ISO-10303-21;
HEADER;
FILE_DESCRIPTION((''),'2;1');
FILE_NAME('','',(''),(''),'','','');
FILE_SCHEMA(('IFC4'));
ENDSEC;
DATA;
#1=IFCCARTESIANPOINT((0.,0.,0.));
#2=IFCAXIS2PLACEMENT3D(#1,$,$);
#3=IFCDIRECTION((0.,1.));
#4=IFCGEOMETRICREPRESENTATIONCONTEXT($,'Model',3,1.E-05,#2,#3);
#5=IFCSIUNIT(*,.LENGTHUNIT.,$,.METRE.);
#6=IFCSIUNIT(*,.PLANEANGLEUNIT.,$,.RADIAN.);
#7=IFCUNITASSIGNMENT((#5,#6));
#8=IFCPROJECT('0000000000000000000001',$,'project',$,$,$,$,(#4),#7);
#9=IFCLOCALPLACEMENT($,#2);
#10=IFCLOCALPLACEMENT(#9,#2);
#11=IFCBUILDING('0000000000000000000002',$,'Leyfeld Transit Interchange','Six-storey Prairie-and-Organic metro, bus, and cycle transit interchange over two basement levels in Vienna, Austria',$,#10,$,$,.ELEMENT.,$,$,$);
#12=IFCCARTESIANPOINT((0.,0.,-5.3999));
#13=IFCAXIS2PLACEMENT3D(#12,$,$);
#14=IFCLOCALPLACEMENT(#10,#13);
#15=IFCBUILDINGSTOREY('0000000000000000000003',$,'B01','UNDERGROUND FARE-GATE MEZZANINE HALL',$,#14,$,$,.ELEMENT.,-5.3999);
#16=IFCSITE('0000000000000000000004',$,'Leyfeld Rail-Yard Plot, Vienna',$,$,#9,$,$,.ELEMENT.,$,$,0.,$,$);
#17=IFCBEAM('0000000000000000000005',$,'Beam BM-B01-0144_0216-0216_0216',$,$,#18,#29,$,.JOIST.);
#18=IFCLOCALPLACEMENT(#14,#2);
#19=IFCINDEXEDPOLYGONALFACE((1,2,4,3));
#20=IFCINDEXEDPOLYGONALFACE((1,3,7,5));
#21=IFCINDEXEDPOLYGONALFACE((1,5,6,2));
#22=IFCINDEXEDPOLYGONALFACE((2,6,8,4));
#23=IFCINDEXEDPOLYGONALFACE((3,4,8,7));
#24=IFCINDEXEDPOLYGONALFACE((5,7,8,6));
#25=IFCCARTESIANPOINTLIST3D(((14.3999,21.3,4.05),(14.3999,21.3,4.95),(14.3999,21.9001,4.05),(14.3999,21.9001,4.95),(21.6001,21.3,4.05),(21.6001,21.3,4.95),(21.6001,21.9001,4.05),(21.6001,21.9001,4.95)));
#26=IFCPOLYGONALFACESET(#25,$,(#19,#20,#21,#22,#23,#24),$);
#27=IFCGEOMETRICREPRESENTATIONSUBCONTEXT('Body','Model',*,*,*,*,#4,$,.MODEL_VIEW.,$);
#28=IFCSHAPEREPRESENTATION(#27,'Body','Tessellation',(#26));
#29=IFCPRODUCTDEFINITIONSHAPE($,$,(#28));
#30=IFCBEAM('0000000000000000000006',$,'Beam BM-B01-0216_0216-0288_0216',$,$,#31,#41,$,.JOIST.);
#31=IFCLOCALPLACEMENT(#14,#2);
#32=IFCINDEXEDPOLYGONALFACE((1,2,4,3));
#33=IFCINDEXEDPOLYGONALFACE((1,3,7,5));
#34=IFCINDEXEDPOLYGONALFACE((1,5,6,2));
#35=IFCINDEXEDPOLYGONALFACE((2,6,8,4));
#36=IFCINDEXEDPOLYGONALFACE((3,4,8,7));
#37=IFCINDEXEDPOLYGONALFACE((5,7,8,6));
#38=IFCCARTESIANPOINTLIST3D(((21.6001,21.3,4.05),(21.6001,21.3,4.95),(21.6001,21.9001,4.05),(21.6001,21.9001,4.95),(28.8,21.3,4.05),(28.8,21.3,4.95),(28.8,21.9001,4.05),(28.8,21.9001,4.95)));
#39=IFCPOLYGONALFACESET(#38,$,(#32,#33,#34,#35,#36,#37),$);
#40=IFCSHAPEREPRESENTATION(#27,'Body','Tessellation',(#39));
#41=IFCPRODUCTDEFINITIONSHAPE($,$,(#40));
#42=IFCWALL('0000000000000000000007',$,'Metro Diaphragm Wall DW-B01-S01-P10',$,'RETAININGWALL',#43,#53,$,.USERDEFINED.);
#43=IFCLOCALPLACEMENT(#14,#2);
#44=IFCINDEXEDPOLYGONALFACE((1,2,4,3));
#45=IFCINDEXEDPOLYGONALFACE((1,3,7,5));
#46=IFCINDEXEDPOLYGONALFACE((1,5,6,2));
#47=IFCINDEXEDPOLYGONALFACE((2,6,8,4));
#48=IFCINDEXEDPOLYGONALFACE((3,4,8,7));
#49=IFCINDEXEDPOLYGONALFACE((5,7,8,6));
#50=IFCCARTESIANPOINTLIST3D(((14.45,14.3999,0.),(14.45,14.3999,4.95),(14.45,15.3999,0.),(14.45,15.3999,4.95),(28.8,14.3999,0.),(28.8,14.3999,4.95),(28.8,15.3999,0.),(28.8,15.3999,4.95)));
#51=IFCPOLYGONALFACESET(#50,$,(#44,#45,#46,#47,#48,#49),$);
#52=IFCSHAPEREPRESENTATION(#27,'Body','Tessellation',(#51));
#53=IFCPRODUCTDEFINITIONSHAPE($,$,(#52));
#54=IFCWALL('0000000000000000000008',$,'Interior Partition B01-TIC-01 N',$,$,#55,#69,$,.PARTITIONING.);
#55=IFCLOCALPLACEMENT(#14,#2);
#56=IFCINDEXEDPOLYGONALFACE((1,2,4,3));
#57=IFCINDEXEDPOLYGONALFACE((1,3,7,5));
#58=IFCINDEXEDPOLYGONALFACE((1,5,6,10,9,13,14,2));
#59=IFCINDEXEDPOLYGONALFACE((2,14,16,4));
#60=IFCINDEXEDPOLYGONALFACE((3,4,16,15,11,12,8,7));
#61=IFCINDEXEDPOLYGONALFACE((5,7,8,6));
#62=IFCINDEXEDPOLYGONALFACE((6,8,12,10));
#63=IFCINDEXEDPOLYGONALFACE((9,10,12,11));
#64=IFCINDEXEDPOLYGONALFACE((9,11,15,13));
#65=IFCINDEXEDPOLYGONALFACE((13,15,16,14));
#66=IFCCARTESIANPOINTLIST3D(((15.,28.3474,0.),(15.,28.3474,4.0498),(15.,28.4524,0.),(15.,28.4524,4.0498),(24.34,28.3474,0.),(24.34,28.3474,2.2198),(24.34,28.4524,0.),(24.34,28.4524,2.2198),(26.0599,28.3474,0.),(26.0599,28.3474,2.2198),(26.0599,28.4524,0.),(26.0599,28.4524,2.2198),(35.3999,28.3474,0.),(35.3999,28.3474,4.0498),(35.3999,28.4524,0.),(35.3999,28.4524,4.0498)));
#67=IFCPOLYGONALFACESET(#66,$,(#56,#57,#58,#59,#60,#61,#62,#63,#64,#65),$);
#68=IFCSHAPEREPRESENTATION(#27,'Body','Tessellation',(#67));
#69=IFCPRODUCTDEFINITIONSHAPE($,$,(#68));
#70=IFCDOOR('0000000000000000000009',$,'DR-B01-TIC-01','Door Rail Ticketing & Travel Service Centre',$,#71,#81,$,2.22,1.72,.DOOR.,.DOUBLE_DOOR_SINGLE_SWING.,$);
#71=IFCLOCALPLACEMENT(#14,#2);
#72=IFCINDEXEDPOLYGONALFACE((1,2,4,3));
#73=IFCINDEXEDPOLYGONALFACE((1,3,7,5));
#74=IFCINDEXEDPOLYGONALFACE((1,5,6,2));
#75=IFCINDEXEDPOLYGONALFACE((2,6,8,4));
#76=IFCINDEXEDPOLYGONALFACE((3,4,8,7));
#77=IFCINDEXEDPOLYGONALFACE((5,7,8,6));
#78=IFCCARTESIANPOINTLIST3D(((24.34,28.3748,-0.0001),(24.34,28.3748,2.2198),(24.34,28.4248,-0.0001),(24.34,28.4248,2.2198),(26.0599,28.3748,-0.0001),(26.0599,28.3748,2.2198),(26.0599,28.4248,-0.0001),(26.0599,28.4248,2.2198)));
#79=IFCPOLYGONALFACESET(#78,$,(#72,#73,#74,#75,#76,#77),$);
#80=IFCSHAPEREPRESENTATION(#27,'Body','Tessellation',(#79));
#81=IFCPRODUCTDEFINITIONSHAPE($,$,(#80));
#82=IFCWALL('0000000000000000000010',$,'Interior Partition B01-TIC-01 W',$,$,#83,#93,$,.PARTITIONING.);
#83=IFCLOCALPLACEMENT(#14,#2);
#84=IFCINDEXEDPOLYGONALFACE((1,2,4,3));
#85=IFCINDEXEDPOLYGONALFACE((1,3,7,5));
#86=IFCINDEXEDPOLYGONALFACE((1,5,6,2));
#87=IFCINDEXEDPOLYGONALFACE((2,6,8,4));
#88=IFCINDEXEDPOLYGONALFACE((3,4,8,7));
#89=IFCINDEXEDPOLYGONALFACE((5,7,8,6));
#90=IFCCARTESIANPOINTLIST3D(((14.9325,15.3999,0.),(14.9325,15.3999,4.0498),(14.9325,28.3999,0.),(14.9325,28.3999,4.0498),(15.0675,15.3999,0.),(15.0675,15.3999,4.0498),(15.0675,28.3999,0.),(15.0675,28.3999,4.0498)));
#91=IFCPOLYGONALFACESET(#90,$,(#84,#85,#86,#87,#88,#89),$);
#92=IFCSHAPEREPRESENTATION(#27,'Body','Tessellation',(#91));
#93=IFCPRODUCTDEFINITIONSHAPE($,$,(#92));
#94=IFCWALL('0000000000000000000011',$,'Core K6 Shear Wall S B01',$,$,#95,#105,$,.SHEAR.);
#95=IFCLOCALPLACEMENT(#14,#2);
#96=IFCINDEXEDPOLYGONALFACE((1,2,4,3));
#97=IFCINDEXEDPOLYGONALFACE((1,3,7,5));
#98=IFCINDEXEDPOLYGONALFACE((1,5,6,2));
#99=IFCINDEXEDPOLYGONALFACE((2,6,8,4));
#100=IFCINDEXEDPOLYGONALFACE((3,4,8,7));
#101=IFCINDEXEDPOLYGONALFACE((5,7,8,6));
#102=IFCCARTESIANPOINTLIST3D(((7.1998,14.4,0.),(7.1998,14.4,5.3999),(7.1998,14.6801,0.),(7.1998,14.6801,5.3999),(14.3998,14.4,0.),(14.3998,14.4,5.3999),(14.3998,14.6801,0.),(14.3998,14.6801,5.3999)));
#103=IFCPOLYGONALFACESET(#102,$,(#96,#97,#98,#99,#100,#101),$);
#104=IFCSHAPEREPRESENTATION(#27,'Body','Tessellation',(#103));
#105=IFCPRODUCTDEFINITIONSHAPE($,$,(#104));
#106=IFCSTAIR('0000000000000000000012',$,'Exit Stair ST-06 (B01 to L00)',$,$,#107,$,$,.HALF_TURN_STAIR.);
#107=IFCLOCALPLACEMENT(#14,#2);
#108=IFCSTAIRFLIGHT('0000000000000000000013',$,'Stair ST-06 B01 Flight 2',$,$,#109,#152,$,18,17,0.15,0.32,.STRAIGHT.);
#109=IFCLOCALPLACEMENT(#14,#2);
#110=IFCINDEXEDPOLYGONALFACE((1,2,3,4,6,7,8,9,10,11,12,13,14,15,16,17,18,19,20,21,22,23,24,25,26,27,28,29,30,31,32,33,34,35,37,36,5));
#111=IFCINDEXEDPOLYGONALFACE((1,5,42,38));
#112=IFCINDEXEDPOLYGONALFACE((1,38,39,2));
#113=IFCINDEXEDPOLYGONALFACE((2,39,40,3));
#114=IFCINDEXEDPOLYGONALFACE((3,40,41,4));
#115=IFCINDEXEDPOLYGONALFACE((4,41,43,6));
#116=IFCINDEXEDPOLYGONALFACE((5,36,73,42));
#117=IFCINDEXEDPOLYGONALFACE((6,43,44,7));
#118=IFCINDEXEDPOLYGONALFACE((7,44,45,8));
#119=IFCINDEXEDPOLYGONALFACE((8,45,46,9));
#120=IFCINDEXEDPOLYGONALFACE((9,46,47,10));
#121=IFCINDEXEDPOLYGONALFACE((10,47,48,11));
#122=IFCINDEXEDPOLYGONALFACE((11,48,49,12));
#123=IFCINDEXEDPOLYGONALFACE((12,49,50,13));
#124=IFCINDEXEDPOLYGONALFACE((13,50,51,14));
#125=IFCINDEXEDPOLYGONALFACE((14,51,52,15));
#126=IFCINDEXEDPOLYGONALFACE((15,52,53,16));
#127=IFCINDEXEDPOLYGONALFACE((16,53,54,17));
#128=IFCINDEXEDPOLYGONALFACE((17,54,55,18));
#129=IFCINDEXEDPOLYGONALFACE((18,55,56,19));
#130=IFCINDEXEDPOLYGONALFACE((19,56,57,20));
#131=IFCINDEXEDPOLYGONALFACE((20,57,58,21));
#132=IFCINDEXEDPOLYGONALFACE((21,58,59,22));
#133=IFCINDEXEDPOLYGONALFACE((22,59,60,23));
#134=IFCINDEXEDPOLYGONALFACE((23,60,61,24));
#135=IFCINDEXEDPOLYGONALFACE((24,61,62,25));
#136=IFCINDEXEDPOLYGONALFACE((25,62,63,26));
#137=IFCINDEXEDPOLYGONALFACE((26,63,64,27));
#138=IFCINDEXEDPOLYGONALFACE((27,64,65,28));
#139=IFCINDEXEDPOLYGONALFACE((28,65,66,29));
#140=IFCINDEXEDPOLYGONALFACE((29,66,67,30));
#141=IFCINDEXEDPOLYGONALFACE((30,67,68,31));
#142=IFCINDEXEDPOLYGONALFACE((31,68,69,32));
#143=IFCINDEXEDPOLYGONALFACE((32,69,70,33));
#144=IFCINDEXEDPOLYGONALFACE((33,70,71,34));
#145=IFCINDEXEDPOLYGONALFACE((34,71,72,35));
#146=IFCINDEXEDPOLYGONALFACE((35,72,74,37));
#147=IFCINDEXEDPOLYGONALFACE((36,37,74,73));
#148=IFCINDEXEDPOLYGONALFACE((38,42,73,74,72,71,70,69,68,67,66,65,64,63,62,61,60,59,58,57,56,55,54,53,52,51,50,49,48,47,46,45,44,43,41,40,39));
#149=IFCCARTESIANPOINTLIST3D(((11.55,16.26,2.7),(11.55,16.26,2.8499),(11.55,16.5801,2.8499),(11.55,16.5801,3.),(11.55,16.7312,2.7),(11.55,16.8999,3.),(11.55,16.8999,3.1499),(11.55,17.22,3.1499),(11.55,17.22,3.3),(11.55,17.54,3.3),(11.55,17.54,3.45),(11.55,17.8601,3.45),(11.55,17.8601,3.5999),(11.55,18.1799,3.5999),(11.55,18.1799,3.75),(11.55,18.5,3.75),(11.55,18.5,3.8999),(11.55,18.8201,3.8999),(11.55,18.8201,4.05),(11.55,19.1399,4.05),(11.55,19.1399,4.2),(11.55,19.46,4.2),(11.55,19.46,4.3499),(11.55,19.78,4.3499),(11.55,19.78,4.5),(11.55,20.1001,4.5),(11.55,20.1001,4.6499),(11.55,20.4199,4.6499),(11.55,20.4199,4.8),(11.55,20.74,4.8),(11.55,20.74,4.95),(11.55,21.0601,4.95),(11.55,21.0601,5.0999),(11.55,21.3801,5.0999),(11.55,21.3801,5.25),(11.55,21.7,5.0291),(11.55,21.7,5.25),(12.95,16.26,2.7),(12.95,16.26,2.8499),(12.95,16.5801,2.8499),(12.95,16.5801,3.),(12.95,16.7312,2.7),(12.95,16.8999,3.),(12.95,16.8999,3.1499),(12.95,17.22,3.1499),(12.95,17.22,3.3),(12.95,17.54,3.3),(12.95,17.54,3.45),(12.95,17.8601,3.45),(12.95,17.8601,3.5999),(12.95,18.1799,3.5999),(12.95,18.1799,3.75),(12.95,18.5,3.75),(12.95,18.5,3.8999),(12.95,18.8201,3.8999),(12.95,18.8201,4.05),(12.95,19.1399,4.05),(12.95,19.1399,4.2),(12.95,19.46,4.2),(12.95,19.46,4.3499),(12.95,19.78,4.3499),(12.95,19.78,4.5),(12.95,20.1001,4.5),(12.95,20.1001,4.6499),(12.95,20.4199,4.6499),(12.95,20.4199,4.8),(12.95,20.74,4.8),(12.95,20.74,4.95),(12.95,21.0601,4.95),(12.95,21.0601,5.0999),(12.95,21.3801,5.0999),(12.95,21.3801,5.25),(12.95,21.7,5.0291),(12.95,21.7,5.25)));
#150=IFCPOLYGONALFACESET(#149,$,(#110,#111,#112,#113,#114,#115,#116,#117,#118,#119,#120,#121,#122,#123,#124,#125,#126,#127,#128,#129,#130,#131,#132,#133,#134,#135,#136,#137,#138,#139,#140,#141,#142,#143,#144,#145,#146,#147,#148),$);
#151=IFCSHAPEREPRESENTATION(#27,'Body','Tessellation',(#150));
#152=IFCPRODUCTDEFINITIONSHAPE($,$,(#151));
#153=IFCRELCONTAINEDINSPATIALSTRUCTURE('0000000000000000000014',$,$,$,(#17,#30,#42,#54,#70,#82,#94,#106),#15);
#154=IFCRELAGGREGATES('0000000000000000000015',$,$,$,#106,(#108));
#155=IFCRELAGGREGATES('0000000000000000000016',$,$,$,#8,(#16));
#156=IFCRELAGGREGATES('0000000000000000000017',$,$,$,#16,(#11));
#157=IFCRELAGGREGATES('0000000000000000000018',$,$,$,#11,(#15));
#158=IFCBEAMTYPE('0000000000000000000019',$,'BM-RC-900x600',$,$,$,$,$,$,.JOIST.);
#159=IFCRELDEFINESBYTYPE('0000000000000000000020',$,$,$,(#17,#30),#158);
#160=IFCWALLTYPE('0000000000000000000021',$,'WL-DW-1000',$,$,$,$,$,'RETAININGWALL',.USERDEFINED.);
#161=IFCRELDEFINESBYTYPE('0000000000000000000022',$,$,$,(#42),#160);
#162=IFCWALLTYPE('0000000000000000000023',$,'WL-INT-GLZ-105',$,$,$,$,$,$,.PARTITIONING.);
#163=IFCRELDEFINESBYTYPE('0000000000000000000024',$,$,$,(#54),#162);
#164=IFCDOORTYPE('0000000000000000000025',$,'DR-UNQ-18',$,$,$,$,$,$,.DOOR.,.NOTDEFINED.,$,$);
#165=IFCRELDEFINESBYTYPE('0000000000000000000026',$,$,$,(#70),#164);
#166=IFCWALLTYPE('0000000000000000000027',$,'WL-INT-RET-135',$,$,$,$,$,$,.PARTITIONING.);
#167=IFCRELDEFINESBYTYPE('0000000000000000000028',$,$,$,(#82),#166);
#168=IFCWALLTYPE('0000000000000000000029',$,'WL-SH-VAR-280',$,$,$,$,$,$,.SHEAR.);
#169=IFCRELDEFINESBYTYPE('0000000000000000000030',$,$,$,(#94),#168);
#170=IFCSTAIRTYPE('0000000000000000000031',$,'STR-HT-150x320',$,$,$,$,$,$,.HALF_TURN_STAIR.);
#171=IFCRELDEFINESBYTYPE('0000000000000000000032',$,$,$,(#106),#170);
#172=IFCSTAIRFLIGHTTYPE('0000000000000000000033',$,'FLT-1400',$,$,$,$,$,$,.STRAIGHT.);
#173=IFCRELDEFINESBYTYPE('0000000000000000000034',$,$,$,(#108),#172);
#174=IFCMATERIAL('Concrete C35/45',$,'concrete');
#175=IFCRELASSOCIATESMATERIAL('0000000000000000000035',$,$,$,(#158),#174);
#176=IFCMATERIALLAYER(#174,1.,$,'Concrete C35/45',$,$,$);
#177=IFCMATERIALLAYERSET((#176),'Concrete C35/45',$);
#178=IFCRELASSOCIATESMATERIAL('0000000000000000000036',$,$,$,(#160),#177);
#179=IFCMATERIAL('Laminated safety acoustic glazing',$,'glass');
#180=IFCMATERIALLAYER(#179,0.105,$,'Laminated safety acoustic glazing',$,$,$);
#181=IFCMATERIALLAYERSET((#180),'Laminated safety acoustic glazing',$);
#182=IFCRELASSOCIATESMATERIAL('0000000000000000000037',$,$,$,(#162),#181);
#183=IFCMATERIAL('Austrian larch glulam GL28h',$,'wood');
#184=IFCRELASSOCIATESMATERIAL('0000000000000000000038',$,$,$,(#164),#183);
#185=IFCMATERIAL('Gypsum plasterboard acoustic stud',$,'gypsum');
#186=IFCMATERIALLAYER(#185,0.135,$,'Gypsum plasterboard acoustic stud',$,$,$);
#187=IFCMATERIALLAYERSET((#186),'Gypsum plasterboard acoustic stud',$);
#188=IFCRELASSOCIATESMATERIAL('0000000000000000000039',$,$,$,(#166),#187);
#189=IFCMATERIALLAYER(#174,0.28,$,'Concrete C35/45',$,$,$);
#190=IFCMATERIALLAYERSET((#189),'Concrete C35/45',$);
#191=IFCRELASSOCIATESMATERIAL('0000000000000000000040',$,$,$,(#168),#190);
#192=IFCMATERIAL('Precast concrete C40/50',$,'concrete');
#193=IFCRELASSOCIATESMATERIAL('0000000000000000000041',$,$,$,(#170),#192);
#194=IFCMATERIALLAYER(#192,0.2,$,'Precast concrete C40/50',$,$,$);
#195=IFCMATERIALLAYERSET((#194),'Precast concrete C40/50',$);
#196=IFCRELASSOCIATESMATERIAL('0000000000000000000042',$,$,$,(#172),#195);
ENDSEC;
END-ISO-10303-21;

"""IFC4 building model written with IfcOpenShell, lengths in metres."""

from ifc_helpers import new_model, si_unit, direction, frame, frame_2d, origin, origin_2d, place, context, subcontext, project, spatial, polyline, rectangle, outline, extrude, material, layer, layer_set, material_profile, profile_set, type_object, element, fill, aggregate, save


model = new_model("IFC4")

# Units and contexts
model_context = context("Model", 3, precision=1e-05, world=origin(), true_north=direction((0.0, 1.0)))
body_context = subcontext(model_context, "Body", "Model", "MODEL_VIEW")
ifc_project = project(units=[si_unit("LENGTHUNIT", "METRE"), si_unit("PLANEANGLEUNIT", "RADIAN")], contexts=[model_context])

# Site, building, storey
site_placement = place(None, origin())
site = spatial("IfcSite", under=ifc_project, at=site_placement, Name="Leyfeld Rail-Yard Plot, Vienna", CompositionType="ELEMENT", RefElevation=0.0)
building_placement = place(site_placement, origin())
building = spatial("IfcBuilding", under=site, at=building_placement, Name="Leyfeld Transit Interchange", Description="Six-storey Prairie-and-Organic metro, bus, and cycle transit interchange over two basement levels in Vienna, Austria", CompositionType="ELEMENT")
storey_placement = place(building_placement, frame((0.0, 0.0, -5.3999)))
storey = spatial("IfcBuildingStorey", under=building, at=storey_placement, Name="B01", Description="UNDERGROUND FARE-GATE MEZZANINE HALL", CompositionType="ELEMENT", Elevation=-5.3999)

# Shared definitions
ifc_material_1 = material(Name="Concrete C35/45", Category="concrete")

# Beams
ifc_material_profile_1 = material_profile(ifc_material_1, rectangle(XDim=0.6001, YDim=0.8999, at=origin_2d()), Name="RC 900x600")
ifc_profile_set_1 = profile_set([ifc_material_profile_1], Name="Concrete C35/45")
beam_type_1 = type_object("IfcBeamType", Name="BM-RC-900x600", PredefinedType="JOIST", material=ifc_profile_set_1)
beam_1_placement = place(storey_placement, frame((14.3999, 21.6001, 4.5), z_axis=(1.0, 0.0, 0.0), x_axis=(0.0, 1.0, 0.0)))
element("IfcBeam", 1, at=beam_1_placement, inside=storey, type_object=beam_type_1, Name="Beam BM-B01-0144_0216-0216_0216", PredefinedType="JOIST", context=body_context, shape_type="SweptSolid", body=[
    extrude(rectangle(XDim=0.6001, YDim=0.8999, at=origin_2d()), origin(), (0.0, 0.0, 1.0), 7.2002),
])
beam_2_placement = place(storey_placement, frame((21.6001, 21.6001, 4.5), z_axis=(1.0, 0.0, 0.0), x_axis=(0.0, 1.0, 0.0)))
element("IfcBeam", 2, at=beam_2_placement, inside=storey, type_object=beam_type_1, Name="Beam BM-B01-0216_0216-0288_0216", PredefinedType="JOIST", context=body_context, shape_type="SweptSolid", body=[
    extrude(rectangle(XDim=0.6001, YDim=0.8999, at=origin_2d()), origin(), (0.0, 0.0, 1.0), 7.2),
])

# Wall
ifc_layer_1 = layer(ifc_material_1, 1.0, Name="Concrete C35/45")
ifc_layer_set_1 = layer_set([ifc_layer_1], Name="Concrete C35/45")
wall_type_1 = type_object("IfcWallType", Name="WL-DW-1000", ElementType="RETAININGWALL", PredefinedType="USERDEFINED", material=ifc_layer_set_1)
wall_1_placement = place(storey_placement, frame((28.8, 14.8999, 0.0), z_axis=(0.0, 0.0, 1.0), x_axis=(-1.0, 0.0, 0.0)))
element("IfcWall", 3, at=wall_1_placement, inside=storey, type_object=wall_type_1, Name="Metro Diaphragm Wall DW-B01-S01-P10", ObjectType="RETAININGWALL", PredefinedType="USERDEFINED", context=body_context, shape_type="SweptSolid", body=[
    extrude(rectangle(XDim=14.3501, YDim=1.0, at=frame_2d((7.175, 0.0))), origin(), (0.0, 0.0, 1.0), 4.95),
])

# Wall, opening, door
ifc_material_2 = material(Name="Laminated safety acoustic glazing", Category="glass")
ifc_layer_2 = layer(ifc_material_2, 0.105, Name="Laminated safety acoustic glazing")
ifc_layer_set_2 = layer_set([ifc_layer_2], Name="Laminated safety acoustic glazing")
wall_type_2 = type_object("IfcWallType", Name="WL-INT-GLZ-105", PredefinedType="PARTITIONING", material=ifc_layer_set_2)
wall_2_placement = place(storey_placement, frame((15.0, 28.3999, 0.0), z_axis=(0.0, 0.0, 1.0), x_axis=(1.0, 0.0, 0.0)))
wall_2 = element("IfcWall", 4, at=wall_2_placement, inside=storey, type_object=wall_type_2, Name="Interior Partition B01-TIC-01 N", PredefinedType="PARTITIONING", context=body_context, shape_type="SweptSolid", body=[
    extrude(rectangle(XDim=20.3999, YDim=0.105, at=frame_2d((10.2, 0.0))), origin(), (0.0, 0.0, 1.0), 4.0498),
])
opening_placement = place(wall_2_placement, frame((9.3401, 0.0, 0.0)))
opening = element("IfcOpeningElement", 5, at=opening_placement, cuts=wall_2, PredefinedType="OPENING", context=body_context, shape_type="SweptSolid", body=[
    extrude(rectangle(XDim=1.72, YDim=2.22, at=frame_2d((0.8599, 1.1099))), frame((0.0, 0.0625, 0.0), z_axis=(0.0, -1.0, 0.0), x_axis=(1.0, 0.0, 0.0)), (0.0, 0.0, 1.0), 0.125),
])
ifc_material_3 = material(Name="Austrian larch glulam GL28h", Category="wood")
door_type = type_object("IfcDoorType", Name="DR-UNQ-18", OperationType="NOTDEFINED", PredefinedType="DOOR", material=ifc_material_3)
door_placement = place(opening_placement, origin())
door = element("IfcDoor", 6, at=door_placement, inside=storey, type_object=door_type, Name="DR-B01-TIC-01", Description="Door Rail Ticketing & Travel Service Centre", OperationType="DOUBLE_DOOR_SINGLE_SWING", OverallHeight=2.22, OverallWidth=1.72, PredefinedType="DOOR", context=body_context, shape_type="SweptSolid", body=[
    extrude(rectangle(XDim=1.72, YDim=2.22, at=frame_2d((0.8599, 1.1099))), frame((0.0, 0.0249, 0.0), z_axis=(0.0, -1.0, 0.0), x_axis=(1.0, 0.0, 0.0)), (0.0, 0.0, 1.0), 0.05),
])
fill(opening, door)

# Walls
ifc_material_4 = material(Name="Gypsum plasterboard acoustic stud", Category="gypsum")
ifc_layer_3 = layer(ifc_material_4, 0.135, Name="Gypsum plasterboard acoustic stud")
ifc_layer_set_3 = layer_set([ifc_layer_3], Name="Gypsum plasterboard acoustic stud")
wall_type_3 = type_object("IfcWallType", Name="WL-INT-RET-135", PredefinedType="PARTITIONING", material=ifc_layer_set_3)
wall_3_placement = place(storey_placement, frame((15.0, 15.3999, 0.0), z_axis=(0.0, 0.0, 1.0), x_axis=(0.0, 1.0, 0.0)))
element("IfcWall", 7, at=wall_3_placement, inside=storey, type_object=wall_type_3, Name="Interior Partition B01-TIC-01 W", PredefinedType="PARTITIONING", context=body_context, shape_type="SweptSolid", body=[
    extrude(rectangle(XDim=13.0, YDim=0.135, at=frame_2d((6.5, 0.0))), origin(), (0.0, 0.0, 1.0), 4.0498),
])
ifc_layer_4 = layer(ifc_material_1, 0.28, Name="Concrete C35/45")
ifc_layer_set_4 = layer_set([ifc_layer_4], Name="Concrete C35/45")
wall_type_4 = type_object("IfcWallType", Name="WL-SH-VAR-280", PredefinedType="SHEAR", material=ifc_layer_set_4)
wall_4_placement = place(storey_placement, frame((14.3999, 14.54, 0.0), z_axis=(0.0, 0.0, 1.0), x_axis=(-1.0, 0.0, 0.0)))
element("IfcWall", 8, at=wall_4_placement, inside=storey, type_object=wall_type_4, Name="Core K6 Shear Wall S B01", PredefinedType="SHEAR", context=body_context, shape_type="SweptSolid", body=[
    extrude(rectangle(XDim=7.2, YDim=0.28, at=frame_2d((3.6001, 0.0))), origin(), (0.0, 0.0, 1.0), 5.3999),
])

# Stair, stair flight
ifc_material_5 = material(Name="Precast concrete C40/50", Category="concrete")
stair_type = type_object("IfcStairType", Name="STR-HT-150x320", PredefinedType="HALF_TURN_STAIR", material=ifc_material_5)
stair_placement = place(storey_placement, origin())
stair = element("IfcStair", 9, at=stair_placement, inside=storey, type_object=stair_type, Name="Exit Stair ST-06 (B01 to L00)", PredefinedType="HALF_TURN_STAIR")
ifc_layer_5 = layer(ifc_material_5, 0.2, Name="Precast concrete C40/50")
ifc_layer_set_5 = layer_set([ifc_layer_5], Name="Precast concrete C40/50")
stair_flight_type = type_object("IfcStairFlightType", Name="FLT-1400", PredefinedType="STRAIGHT", material=ifc_layer_set_5)
stair_flight_placement = place(storey_placement, frame((12.25, 16.26, 2.7), z_axis=(0.0, 0.0, 1.0), x_axis=(0.0, 1.0, 0.0)))
stair_flight = element("IfcStairFlight", 10, at=stair_flight_placement, type_object=stair_flight_type, Name="Stair ST-06 B01 Flight 2", NumberOfRisers=18, NumberOfTreads=17, PredefinedType="STRAIGHT", RiserHeight=0.15, TreadLength=0.32, context=body_context, shape_type="SweptSolid", body=[
    extrude(outline(polyline([(0.0, 0.0), (0.0, 0.1499), (0.3201, 0.1499), (0.3201, 0.3), (0.6399, 0.3), (0.6399, 0.45), (0.96, 0.45), (0.96, 0.6001), (1.28, 0.6001), (1.28, 0.75), (1.6001, 0.75), (1.6001, 0.8999), (1.9199, 0.8999), (1.9199, 1.05), (2.24, 1.05), (2.24, 1.2), (2.5601, 1.2), (2.5601, 1.3501), (2.8799, 1.3501), (2.8799, 1.5), (3.2, 1.5), (3.2, 1.6499), (3.52, 1.6499), (3.52, 1.8), (3.8401, 1.8), (3.8401, 1.95), (4.1599, 1.95), (4.1599, 2.1001), (4.48, 2.1001), (4.48, 2.25), (4.8, 2.25), (4.8, 2.3999), (5.1201, 2.3999), (5.1201, 2.55), (5.4399, 2.55), (5.4399, 2.7), (5.4399, 2.3291), (0.4712, 0.0), (0.0, 0.0)])), frame((0.0, 0.7, 0.0), z_axis=(0.0, -1.0, 0.0), x_axis=(1.0, 0.0, 0.0)), (0.0, 0.0, 1.0), 1.3999),
])
aggregate(stair, [stair_flight])

save(model, "model.ifc")
